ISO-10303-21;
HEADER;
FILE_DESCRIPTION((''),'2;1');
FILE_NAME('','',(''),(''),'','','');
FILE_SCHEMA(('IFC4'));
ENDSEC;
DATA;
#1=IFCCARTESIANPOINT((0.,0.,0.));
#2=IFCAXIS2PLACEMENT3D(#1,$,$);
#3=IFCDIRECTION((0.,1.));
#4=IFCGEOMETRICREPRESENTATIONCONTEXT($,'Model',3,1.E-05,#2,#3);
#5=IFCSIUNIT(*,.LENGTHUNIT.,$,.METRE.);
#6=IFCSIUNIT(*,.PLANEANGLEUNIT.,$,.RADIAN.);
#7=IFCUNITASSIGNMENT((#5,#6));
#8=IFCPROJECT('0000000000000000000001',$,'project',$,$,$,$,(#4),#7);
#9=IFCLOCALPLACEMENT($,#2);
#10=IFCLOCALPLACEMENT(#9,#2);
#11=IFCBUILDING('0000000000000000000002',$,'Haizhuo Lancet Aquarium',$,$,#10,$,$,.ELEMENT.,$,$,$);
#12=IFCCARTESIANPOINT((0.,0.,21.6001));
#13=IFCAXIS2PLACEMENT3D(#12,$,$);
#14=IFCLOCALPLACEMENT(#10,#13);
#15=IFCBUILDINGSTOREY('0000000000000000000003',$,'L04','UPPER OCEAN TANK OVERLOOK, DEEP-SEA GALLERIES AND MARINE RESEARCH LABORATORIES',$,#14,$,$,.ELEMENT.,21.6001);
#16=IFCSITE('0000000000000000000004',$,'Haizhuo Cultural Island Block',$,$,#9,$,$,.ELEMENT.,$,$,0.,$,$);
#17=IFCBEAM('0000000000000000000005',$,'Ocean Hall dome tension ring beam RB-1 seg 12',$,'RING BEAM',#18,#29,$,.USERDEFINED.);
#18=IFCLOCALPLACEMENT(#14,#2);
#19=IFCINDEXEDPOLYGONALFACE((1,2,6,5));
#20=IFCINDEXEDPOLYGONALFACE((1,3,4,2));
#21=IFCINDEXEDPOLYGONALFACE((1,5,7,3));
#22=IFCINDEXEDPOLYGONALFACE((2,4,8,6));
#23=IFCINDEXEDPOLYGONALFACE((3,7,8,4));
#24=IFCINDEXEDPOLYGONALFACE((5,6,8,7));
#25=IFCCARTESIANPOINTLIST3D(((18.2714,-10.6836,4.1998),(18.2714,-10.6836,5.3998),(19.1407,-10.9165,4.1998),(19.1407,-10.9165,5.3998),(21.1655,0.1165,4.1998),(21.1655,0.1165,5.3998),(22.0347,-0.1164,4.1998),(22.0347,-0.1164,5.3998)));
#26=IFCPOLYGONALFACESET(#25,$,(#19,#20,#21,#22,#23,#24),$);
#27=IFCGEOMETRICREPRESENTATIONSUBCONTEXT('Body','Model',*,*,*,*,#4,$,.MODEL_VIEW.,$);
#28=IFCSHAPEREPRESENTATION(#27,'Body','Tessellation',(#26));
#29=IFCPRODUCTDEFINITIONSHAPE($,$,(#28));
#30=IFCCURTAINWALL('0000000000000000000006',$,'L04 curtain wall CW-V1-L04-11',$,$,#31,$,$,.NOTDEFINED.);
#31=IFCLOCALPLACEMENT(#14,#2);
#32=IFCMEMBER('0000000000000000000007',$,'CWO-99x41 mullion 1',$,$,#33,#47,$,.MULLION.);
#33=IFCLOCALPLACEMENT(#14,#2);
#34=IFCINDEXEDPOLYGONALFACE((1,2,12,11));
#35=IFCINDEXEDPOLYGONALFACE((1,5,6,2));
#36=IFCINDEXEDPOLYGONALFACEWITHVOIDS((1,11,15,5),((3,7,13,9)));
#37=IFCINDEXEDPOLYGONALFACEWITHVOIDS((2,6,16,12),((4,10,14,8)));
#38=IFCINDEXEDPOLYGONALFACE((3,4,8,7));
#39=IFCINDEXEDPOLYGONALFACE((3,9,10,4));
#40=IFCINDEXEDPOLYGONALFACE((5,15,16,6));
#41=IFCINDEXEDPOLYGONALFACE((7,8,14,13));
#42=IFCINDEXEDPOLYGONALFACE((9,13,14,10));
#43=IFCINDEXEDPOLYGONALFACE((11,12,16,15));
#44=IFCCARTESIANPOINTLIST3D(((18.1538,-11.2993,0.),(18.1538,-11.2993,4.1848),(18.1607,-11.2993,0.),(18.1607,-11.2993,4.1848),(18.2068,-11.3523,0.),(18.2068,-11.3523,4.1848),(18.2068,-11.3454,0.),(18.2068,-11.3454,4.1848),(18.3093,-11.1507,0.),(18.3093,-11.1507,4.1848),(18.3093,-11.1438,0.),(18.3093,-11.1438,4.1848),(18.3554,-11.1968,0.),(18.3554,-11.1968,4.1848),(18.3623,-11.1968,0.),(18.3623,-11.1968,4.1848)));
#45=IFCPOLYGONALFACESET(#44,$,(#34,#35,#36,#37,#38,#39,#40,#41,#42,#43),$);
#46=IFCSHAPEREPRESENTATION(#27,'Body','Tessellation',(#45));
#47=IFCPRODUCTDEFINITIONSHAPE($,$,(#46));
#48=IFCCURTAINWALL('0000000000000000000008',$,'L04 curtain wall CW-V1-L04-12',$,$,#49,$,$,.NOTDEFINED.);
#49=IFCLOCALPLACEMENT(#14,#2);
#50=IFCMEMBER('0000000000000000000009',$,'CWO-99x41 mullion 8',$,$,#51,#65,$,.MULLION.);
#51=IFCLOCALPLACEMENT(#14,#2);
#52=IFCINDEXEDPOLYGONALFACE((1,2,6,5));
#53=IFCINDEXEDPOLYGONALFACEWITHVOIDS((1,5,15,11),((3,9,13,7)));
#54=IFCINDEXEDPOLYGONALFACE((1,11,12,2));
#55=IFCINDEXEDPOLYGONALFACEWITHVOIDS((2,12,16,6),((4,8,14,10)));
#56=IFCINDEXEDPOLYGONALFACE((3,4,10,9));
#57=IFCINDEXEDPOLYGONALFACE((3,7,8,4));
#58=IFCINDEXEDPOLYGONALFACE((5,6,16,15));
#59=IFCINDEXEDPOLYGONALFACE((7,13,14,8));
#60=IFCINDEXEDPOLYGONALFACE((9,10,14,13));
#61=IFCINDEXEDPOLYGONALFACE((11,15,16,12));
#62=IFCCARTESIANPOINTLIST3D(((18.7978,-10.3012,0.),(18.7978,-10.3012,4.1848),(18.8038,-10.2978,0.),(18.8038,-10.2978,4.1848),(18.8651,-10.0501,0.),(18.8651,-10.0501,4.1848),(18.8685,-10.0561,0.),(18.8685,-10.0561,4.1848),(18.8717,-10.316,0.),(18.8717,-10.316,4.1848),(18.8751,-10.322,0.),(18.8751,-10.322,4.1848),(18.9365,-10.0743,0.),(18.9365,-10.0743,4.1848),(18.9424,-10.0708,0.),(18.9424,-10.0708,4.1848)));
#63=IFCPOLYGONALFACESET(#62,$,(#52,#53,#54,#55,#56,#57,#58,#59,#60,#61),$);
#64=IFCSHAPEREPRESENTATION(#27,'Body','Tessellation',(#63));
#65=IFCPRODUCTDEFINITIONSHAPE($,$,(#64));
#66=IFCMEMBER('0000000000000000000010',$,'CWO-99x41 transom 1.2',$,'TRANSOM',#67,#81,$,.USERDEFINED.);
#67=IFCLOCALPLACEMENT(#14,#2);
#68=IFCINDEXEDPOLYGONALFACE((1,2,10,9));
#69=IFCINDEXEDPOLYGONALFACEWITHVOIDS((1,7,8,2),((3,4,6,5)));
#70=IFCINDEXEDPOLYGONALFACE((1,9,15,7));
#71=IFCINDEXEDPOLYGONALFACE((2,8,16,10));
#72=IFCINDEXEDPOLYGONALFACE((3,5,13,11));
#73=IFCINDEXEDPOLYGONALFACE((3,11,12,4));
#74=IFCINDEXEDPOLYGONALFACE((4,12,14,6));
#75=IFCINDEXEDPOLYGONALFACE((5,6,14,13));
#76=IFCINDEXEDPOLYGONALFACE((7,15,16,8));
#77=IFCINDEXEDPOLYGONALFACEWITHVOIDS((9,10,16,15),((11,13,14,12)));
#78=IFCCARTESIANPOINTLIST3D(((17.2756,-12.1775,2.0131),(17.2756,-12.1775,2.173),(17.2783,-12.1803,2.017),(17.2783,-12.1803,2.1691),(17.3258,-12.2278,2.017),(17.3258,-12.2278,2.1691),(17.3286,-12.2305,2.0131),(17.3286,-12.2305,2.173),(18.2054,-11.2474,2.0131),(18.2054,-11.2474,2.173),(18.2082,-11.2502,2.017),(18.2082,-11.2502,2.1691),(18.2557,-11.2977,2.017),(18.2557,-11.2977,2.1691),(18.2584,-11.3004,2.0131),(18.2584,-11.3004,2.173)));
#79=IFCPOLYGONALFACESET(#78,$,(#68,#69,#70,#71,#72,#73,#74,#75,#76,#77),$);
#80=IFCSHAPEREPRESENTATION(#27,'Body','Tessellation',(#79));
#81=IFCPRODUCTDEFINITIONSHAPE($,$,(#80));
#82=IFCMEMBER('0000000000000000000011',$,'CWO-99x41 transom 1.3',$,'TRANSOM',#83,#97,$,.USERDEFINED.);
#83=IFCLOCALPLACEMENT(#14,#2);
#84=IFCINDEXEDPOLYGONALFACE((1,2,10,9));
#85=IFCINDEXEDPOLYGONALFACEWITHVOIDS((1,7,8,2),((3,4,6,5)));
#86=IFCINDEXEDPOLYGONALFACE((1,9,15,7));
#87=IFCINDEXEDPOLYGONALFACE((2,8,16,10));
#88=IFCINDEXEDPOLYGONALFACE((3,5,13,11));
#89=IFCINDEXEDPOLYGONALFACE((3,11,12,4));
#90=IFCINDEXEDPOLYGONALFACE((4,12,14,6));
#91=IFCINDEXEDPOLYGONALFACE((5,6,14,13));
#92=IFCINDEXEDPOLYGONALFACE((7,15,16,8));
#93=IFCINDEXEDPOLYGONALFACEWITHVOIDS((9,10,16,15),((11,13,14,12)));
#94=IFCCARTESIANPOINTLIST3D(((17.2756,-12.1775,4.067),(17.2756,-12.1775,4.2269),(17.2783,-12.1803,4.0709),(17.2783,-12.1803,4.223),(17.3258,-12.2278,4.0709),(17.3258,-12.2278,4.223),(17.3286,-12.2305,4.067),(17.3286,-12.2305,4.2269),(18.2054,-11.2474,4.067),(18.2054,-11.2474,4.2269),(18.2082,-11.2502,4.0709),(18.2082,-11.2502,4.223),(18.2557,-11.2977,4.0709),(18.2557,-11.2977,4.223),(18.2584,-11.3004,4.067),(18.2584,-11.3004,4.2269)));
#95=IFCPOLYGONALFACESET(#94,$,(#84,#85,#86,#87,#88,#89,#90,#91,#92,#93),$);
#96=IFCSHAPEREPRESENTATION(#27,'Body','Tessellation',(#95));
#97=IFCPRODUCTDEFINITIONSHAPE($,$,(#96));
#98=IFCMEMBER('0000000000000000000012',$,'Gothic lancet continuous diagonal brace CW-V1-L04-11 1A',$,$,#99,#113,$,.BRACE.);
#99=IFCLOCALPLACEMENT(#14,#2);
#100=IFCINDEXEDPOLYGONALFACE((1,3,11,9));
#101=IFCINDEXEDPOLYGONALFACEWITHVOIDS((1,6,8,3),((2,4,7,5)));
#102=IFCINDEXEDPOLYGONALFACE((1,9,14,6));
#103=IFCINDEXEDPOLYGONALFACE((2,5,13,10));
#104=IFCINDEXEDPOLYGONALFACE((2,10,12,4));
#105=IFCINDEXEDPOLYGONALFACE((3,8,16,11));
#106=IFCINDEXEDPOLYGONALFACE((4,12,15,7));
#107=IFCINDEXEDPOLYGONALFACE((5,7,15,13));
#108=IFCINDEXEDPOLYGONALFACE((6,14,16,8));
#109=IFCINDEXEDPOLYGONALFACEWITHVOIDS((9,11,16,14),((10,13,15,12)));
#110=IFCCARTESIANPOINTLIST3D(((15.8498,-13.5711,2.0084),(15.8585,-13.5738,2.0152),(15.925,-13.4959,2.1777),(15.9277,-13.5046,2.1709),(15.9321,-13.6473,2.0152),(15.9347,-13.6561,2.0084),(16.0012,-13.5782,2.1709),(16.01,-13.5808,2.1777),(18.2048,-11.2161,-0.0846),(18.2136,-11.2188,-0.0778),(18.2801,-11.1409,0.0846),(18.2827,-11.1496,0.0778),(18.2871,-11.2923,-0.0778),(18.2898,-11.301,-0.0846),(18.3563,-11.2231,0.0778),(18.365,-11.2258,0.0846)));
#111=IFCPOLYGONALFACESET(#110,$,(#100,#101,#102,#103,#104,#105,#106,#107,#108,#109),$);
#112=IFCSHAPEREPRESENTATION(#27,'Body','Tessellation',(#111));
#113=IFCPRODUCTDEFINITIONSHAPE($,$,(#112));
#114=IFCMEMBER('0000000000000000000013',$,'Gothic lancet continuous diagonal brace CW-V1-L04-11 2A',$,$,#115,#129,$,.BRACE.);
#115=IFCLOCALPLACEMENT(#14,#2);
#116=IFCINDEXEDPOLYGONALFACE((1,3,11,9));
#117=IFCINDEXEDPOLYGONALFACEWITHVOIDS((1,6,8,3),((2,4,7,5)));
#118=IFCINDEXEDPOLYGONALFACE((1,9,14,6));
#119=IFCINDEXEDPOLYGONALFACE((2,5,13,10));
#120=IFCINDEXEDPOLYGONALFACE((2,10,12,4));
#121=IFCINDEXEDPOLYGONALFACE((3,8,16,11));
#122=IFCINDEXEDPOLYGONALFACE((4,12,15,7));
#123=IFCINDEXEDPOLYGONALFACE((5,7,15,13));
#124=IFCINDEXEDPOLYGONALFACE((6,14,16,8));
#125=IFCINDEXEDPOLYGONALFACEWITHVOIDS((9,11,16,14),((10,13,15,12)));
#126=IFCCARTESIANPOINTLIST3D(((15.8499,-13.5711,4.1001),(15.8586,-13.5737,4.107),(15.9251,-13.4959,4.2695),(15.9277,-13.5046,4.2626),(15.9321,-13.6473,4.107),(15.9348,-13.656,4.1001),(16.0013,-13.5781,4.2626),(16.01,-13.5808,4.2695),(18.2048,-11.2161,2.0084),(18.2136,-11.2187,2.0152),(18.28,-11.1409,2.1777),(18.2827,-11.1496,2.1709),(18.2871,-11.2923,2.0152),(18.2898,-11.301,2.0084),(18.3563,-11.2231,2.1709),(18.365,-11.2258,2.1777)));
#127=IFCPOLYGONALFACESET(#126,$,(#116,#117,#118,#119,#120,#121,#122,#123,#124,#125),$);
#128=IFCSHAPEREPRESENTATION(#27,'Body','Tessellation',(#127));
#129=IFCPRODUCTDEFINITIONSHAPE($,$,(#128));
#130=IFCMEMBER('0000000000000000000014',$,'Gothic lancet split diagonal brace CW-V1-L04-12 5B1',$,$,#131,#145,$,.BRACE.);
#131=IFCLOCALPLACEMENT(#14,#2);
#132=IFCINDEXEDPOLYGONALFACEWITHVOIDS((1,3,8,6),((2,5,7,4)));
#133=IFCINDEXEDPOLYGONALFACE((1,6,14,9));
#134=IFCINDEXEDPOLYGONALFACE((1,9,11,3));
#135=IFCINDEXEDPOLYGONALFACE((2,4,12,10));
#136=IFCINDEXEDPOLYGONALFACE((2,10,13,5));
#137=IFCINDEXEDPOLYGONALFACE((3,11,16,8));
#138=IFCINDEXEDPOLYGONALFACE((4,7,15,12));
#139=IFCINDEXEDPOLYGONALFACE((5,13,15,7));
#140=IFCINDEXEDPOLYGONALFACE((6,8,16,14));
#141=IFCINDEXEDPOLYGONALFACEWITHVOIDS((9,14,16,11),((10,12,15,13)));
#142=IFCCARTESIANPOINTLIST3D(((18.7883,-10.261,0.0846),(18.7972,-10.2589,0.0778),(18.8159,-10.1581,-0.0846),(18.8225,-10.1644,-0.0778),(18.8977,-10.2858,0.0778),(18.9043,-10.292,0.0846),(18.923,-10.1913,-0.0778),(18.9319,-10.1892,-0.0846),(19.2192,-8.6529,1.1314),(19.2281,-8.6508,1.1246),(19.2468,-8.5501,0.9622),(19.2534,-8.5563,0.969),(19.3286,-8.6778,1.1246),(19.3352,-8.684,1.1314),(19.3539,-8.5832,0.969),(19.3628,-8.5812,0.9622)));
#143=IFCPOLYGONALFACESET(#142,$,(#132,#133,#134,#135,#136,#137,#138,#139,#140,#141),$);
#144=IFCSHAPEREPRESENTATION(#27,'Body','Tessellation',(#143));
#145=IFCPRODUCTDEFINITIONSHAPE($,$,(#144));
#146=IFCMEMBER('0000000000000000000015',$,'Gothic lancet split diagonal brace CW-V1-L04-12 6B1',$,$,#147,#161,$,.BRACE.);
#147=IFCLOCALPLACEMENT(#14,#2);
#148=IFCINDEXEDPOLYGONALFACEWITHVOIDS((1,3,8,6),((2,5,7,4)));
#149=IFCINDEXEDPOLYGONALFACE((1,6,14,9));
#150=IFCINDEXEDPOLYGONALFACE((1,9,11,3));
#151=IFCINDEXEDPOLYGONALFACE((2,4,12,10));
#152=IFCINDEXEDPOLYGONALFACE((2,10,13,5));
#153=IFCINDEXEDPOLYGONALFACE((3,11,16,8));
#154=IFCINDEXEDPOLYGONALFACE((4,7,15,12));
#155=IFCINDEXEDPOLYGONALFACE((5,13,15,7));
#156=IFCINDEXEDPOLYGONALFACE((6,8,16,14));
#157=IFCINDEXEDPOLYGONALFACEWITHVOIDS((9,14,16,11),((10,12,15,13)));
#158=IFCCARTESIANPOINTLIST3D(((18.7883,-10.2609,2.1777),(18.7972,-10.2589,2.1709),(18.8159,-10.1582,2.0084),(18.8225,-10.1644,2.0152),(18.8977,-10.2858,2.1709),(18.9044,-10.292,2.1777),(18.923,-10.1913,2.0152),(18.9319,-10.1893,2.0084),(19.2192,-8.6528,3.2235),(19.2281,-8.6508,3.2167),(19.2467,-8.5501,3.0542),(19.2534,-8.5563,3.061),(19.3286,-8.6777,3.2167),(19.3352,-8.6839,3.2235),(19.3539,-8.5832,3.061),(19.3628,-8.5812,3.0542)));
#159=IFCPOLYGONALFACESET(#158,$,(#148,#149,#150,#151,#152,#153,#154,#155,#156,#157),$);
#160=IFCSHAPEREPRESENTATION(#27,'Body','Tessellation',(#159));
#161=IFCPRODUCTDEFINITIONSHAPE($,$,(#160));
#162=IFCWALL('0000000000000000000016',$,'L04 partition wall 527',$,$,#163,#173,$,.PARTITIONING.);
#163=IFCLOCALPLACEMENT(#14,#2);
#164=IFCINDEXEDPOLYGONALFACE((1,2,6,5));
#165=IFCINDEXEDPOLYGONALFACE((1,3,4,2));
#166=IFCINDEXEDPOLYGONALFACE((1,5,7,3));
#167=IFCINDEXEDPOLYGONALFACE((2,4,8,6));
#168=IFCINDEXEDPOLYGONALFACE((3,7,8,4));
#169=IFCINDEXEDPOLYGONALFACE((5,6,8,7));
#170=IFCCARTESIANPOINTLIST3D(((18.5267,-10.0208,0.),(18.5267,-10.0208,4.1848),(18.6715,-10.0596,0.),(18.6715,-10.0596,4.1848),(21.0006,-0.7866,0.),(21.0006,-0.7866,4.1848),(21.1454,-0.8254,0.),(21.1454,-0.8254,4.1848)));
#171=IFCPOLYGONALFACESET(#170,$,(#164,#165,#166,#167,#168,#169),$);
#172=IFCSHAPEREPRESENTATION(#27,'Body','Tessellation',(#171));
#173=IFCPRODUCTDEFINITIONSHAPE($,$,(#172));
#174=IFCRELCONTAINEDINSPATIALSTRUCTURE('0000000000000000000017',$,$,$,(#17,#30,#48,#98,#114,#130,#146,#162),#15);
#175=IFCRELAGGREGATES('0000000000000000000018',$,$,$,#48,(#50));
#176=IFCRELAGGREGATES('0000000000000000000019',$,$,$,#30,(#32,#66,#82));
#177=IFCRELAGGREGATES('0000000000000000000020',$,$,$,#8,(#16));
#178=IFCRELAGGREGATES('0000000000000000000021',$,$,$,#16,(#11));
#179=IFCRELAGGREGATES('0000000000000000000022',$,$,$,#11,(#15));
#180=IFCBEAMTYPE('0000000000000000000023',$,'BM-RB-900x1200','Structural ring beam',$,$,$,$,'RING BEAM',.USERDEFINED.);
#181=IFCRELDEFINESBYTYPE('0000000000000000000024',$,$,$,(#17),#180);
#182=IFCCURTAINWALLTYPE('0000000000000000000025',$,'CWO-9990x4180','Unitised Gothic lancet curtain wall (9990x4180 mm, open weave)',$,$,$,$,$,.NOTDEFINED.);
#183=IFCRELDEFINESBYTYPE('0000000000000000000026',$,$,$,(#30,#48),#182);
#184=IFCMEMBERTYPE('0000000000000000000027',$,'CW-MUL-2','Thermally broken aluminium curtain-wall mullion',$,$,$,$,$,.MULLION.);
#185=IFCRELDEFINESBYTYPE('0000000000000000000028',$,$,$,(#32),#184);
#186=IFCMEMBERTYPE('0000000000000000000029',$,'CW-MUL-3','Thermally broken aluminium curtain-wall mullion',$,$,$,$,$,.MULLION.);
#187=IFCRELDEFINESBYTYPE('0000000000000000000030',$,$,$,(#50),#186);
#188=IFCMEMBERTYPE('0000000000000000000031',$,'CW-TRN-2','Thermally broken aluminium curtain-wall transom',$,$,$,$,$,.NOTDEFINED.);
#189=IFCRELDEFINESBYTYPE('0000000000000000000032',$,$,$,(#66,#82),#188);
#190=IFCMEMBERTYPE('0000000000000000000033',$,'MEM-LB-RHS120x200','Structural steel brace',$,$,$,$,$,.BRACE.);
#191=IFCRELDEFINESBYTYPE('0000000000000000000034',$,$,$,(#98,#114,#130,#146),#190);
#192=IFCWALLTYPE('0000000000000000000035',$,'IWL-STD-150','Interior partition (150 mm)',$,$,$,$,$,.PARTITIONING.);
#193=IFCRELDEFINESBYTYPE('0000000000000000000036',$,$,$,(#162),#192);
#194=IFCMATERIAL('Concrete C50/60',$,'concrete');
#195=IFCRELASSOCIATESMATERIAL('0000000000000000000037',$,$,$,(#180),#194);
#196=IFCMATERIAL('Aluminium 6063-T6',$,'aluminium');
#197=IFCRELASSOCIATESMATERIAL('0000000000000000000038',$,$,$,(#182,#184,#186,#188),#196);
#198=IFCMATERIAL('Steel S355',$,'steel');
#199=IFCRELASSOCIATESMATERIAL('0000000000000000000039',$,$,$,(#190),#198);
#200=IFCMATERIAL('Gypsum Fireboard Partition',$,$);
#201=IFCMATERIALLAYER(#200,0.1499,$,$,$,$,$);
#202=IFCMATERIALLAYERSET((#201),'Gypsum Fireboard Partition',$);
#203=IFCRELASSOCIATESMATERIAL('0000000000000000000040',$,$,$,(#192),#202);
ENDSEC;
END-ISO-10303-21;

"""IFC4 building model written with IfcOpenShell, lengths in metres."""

from ifc_helpers import new_model, si_unit, direction, frame, frame_2d, origin, origin_2d, place, context, subcontext, project, spatial, rectangle, hollow_rectangle, extrude, material, layer, layer_set, material_profile, profile_set, type_object, element, aggregate, save


model = new_model("IFC4")

# Units and contexts
model_context = context("Model", 3, precision=1e-05, world=origin(), true_north=direction((0.0, 1.0)))
body_context = subcontext(model_context, "Body", "Model", "MODEL_VIEW")
ifc_project = project(units=[si_unit("LENGTHUNIT", "METRE"), si_unit("PLANEANGLEUNIT", "RADIAN")], contexts=[model_context])

# Site, building, storey
site_placement = place(None, origin())
site = spatial("IfcSite", under=ifc_project, at=site_placement, Name="Haizhuo Cultural Island Block", CompositionType="ELEMENT", RefElevation=0.0)
building_placement = place(site_placement, origin())
building = spatial("IfcBuilding", under=site, at=building_placement, Name="Haizhuo Lancet Aquarium", CompositionType="ELEMENT")
storey_placement = place(building_placement, frame((0.0, 0.0, 21.6001)))
storey = spatial("IfcBuildingStorey", under=building, at=storey_placement, Name="L04", Description="UPPER OCEAN TANK OVERLOOK, DEEP-SEA GALLERIES AND MARINE RESEARCH LABORATORIES", CompositionType="ELEMENT", Elevation=21.6001)

# Shared definitions
ifc_material_1 = material(Name="Concrete C50/60", Category="concrete")

# Beam
ifc_material_profile_1 = material_profile(ifc_material_1, rectangle(XDim=0.8999, YDim=1.2, at=origin_2d()), Name="RC-RB 900x1200")
ifc_profile_set_1 = profile_set([ifc_material_profile_1], Name="Concrete C50/60")
beam_type = type_object("IfcBeamType", Name="BM-RB-900x1200", Description="Structural ring beam", ElementType="RING BEAM", PredefinedType="USERDEFINED", material=ifc_profile_set_1)
beam_placement = place(storey_placement, frame((18.7061, -10.8, 4.7998), z_axis=(0.258834, 0.965922, 0.0), x_axis=(-0.965922, 0.258834, 0.0)))
element("IfcBeam", 1, at=beam_placement, inside=storey, type_object=beam_type, Name="Ocean Hall dome tension ring beam RB-1 seg 12", ObjectType="RING BEAM", PredefinedType="USERDEFINED", context=body_context, shape_type="SweptSolid", body=[
    extrude(rectangle(XDim=0.8999, YDim=1.2, at=origin_2d()), origin(), (0.0, 0.0, 1.0), 11.1812),
])

# Curtain walls, members
ifc_material_2 = material(Name="Aluminium 6063-T6", Category="aluminium")
curtain_wall_type = type_object("IfcCurtainWallType", Name="CWO-9990x4180", Description="Unitised Gothic lancet curtain wall (9990x4180 mm, open weave)", PredefinedType="NOTDEFINED", material=ifc_material_2)
curtain_wall_1_placement = place(storey_placement, origin())
curtain_wall_1 = element("IfcCurtainWall", 2, at=curtain_wall_1_placement, inside=storey, type_object=curtain_wall_type, Name="L04 curtain wall CW-V1-L04-11", PredefinedType="NOTDEFINED")
ifc_material_profile_2 = material_profile(ifc_material_2, hollow_rectangle(XDim=0.075, YDim=0.22, WallThickness=0.0049, at=origin_2d()), Name="ALU-M 75x220x5")
ifc_profile_set_2 = profile_set([ifc_material_profile_2], Name="Aluminium 6063-T6")
member_type_1 = type_object("IfcMemberType", Name="CW-MUL-2", Description="Thermally broken aluminium curtain-wall mullion", PredefinedType="MULLION", material=ifc_profile_set_2)
member_1_placement = place(storey_placement, frame((18.2581, -11.248, 0.0), z_axis=(0.0, 0.0, 1.0), x_axis=(0.707107, -0.707107, 0.0)))
member_1 = element("IfcMember", 3, at=member_1_placement, type_object=member_type_1, Name="CWO-99x41 mullion 1", PredefinedType="MULLION", context=body_context, shape_type="SweptSolid", body=[
    extrude(hollow_rectangle(XDim=0.075, YDim=0.22, WallThickness=0.0049, at=origin_2d()), origin(), (0.0, 0.0, 1.0), 4.1848),
])
curtain_wall_2_placement = place(storey_placement, origin())
curtain_wall_2 = element("IfcCurtainWall", 4, at=curtain_wall_2_placement, inside=storey, type_object=curtain_wall_type, Name="L04 curtain wall CW-V1-L04-12", PredefinedType="NOTDEFINED")
ifc_material_profile_3 = material_profile(ifc_material_2, hollow_rectangle(XDim=0.0801, YDim=0.26, WallThickness=0.0049, at=origin_2d()), Name="ALU-M 80x260x5")
ifc_profile_set_3 = profile_set([ifc_material_profile_3], Name="Aluminium 6063-T6")
member_type_2 = type_object("IfcMemberType", Name="CW-MUL-3", Description="Thermally broken aluminium curtain-wall mullion", PredefinedType="MULLION", material=ifc_profile_set_3)
member_2_placement = place(storey_placement, frame((18.8701, -10.186, 0.0), z_axis=(0.0, 0.0, 1.0), x_axis=(0.965917, -0.258853, 0.0)))
member_2 = element("IfcMember", 5, at=member_2_placement, type_object=member_type_2, Name="CWO-99x41 mullion 8", PredefinedType="MULLION", context=body_context, shape_type="SweptSolid", body=[
    extrude(hollow_rectangle(XDim=0.0801, YDim=0.26, WallThickness=0.0049, at=origin_2d()), origin(), (0.0, 0.0, 1.0), 4.1848),
])
aggregate(curtain_wall_2, [member_2])

# Members
ifc_material_profile_4 = material_profile(ifc_material_2, hollow_rectangle(XDim=0.075, YDim=0.1599, WallThickness=0.0039, at=origin_2d()), Name="ALU-T 75x160x4")
ifc_profile_set_4 = profile_set([ifc_material_profile_4], Name="Aluminium 6063-T6")
member_type_3 = type_object("IfcMemberType", Name="CW-TRN-2", Description="Thermally broken aluminium curtain-wall transom", PredefinedType="NOTDEFINED", material=ifc_profile_set_4)
member_3_placement = place(storey_placement, frame((18.2319, -11.2739, 2.093), z_axis=(-0.707014, -0.7072, 0.0), x_axis=(0.7072, -0.707014, 0.0)))
member_3 = element("IfcMember", 6, at=member_3_placement, type_object=member_type_3, Name="CWO-99x41 transom 1.2", ObjectType="TRANSOM", PredefinedType="USERDEFINED", context=body_context, shape_type="SweptSolid", body=[
    extrude(hollow_rectangle(XDim=0.075, YDim=0.1599, WallThickness=0.0039, at=origin_2d()), origin(), (0.0, 0.0, 1.0), 1.3152),
])
member_4_placement = place(storey_placement, frame((18.2319, -11.2739, 4.147), z_axis=(-0.707014, -0.7072, 0.0), x_axis=(0.7072, -0.707014, 0.0)))
member_4 = element("IfcMember", 7, at=member_4_placement, type_object=member_type_3, Name="CWO-99x41 transom 1.3", ObjectType="TRANSOM", PredefinedType="USERDEFINED", context=body_context, shape_type="SweptSolid", body=[
    extrude(hollow_rectangle(XDim=0.075, YDim=0.1599, WallThickness=0.0039, at=origin_2d()), origin(), (0.0, 0.0, 1.0), 1.3152),
])
aggregate(curtain_wall_1, [member_1, member_3, member_4])

# Members
ifc_material_3 = material(Name="Steel S355", Category="steel")
ifc_material_profile_5 = material_profile(ifc_material_3, hollow_rectangle(XDim=0.1201, YDim=0.2, WallThickness=0.0081, at=origin_2d()), Name="RHS 120x200x8")
ifc_profile_set_5 = profile_set([ifc_material_profile_5], Name="Steel S355")
member_type_4 = type_object("IfcMemberType", Name="MEM-LB-RHS120x200", Description="Structural steel brace", PredefinedType="BRACE", material=ifc_profile_set_5)
member_5_placement = place(storey_placement, frame((18.2849, -11.2209, 0.0), z_axis=(-0.598695, -0.598695, 0.532098), x_axis=(0.707107, -0.707107, 0.0)))
element("IfcMember", 8, at=member_5_placement, inside=storey, type_object=member_type_4, Name="Gothic lancet continuous diagonal brace CW-V1-L04-11 1A", PredefinedType="BRACE", context=body_context, shape_type="SweptSolid", body=[
    extrude(hollow_rectangle(XDim=0.1201, YDim=0.2, WallThickness=0.0081, at=origin_2d()), origin(), (0.0, 0.0, 1.0), 3.9336),
])
member_6_placement = place(storey_placement, frame((18.2849, -11.2209, 2.093), z_axis=(-0.598794, -0.598794, 0.531875), x_axis=(0.707107, -0.707107, 0.0)))
element("IfcMember", 9, at=member_6_placement, inside=storey, type_object=member_type_4, Name="Gothic lancet continuous diagonal brace CW-V1-L04-11 2A", PredefinedType="BRACE", context=body_context, shape_type="SweptSolid", body=[
    extrude(hollow_rectangle(XDim=0.1201, YDim=0.2, WallThickness=0.0081, at=origin_2d()), origin(), (0.0, 0.0, 1.0), 3.9329),
])
member_7_placement = place(storey_placement, frame((18.8601, -10.2251, 0.0), z_axis=(0.219106, 0.817704, 0.532309), x_axis=(-0.965925, 0.258822, 0.0)))
element("IfcMember", 10, at=member_7_placement, inside=storey, type_object=member_type_4, Name="Gothic lancet split diagonal brace CW-V1-L04-12 5B1", PredefinedType="BRACE", context=body_context, shape_type="SweptSolid", body=[
    extrude(hollow_rectangle(XDim=0.1201, YDim=0.2, WallThickness=0.0081, at=origin_2d()), origin(), (0.0, 0.0, 1.0), 1.9666),
])
member_8_placement = place(storey_placement, frame((18.8601, -10.2251, 2.093), z_axis=(0.219163, 0.81792, 0.531953), x_axis=(-0.965925, 0.258822, 0.0)))
element("IfcMember", 11, at=member_8_placement, inside=storey, type_object=member_type_4, Name="Gothic lancet split diagonal brace CW-V1-L04-12 6B1", PredefinedType="BRACE", context=body_context, shape_type="SweptSolid", body=[
    extrude(hollow_rectangle(XDim=0.1201, YDim=0.2, WallThickness=0.0081, at=origin_2d()), origin(), (0.0, 0.0, 1.0), 1.9661),
])

# Wall
ifc_material_4 = material(Name="Gypsum Fireboard Partition")
ifc_layer_1 = layer(ifc_material_4, 0.1499)
ifc_layer_set_1 = layer_set([ifc_layer_1], Name="Gypsum Fireboard Partition")
wall_type_1 = type_object("IfcWallType", Name="IWL-STD-150", Description="Interior partition (150 mm)", PredefinedType="PARTITIONING", material=ifc_layer_set_1)
wall_1_placement = place(storey_placement, frame((18.5991, -10.04, 0.0), z_axis=(0.0, 0.0, 1.0), x_axis=(0.25878, 0.965936, 0.0)))
element("IfcWall", 12, at=wall_1_placement, inside=storey, type_object=wall_type_1, Name="L04 partition wall 527", PredefinedType="PARTITIONING", context=body_context, shape_type="SweptSolid", body=[
    extrude(rectangle(XDim=9.5598, YDim=0.1499, at=frame_2d((4.7798, 0.0))), origin(), (0.0, 0.0, 1.0), 4.1848),
])

save(model, "model.ifc")
